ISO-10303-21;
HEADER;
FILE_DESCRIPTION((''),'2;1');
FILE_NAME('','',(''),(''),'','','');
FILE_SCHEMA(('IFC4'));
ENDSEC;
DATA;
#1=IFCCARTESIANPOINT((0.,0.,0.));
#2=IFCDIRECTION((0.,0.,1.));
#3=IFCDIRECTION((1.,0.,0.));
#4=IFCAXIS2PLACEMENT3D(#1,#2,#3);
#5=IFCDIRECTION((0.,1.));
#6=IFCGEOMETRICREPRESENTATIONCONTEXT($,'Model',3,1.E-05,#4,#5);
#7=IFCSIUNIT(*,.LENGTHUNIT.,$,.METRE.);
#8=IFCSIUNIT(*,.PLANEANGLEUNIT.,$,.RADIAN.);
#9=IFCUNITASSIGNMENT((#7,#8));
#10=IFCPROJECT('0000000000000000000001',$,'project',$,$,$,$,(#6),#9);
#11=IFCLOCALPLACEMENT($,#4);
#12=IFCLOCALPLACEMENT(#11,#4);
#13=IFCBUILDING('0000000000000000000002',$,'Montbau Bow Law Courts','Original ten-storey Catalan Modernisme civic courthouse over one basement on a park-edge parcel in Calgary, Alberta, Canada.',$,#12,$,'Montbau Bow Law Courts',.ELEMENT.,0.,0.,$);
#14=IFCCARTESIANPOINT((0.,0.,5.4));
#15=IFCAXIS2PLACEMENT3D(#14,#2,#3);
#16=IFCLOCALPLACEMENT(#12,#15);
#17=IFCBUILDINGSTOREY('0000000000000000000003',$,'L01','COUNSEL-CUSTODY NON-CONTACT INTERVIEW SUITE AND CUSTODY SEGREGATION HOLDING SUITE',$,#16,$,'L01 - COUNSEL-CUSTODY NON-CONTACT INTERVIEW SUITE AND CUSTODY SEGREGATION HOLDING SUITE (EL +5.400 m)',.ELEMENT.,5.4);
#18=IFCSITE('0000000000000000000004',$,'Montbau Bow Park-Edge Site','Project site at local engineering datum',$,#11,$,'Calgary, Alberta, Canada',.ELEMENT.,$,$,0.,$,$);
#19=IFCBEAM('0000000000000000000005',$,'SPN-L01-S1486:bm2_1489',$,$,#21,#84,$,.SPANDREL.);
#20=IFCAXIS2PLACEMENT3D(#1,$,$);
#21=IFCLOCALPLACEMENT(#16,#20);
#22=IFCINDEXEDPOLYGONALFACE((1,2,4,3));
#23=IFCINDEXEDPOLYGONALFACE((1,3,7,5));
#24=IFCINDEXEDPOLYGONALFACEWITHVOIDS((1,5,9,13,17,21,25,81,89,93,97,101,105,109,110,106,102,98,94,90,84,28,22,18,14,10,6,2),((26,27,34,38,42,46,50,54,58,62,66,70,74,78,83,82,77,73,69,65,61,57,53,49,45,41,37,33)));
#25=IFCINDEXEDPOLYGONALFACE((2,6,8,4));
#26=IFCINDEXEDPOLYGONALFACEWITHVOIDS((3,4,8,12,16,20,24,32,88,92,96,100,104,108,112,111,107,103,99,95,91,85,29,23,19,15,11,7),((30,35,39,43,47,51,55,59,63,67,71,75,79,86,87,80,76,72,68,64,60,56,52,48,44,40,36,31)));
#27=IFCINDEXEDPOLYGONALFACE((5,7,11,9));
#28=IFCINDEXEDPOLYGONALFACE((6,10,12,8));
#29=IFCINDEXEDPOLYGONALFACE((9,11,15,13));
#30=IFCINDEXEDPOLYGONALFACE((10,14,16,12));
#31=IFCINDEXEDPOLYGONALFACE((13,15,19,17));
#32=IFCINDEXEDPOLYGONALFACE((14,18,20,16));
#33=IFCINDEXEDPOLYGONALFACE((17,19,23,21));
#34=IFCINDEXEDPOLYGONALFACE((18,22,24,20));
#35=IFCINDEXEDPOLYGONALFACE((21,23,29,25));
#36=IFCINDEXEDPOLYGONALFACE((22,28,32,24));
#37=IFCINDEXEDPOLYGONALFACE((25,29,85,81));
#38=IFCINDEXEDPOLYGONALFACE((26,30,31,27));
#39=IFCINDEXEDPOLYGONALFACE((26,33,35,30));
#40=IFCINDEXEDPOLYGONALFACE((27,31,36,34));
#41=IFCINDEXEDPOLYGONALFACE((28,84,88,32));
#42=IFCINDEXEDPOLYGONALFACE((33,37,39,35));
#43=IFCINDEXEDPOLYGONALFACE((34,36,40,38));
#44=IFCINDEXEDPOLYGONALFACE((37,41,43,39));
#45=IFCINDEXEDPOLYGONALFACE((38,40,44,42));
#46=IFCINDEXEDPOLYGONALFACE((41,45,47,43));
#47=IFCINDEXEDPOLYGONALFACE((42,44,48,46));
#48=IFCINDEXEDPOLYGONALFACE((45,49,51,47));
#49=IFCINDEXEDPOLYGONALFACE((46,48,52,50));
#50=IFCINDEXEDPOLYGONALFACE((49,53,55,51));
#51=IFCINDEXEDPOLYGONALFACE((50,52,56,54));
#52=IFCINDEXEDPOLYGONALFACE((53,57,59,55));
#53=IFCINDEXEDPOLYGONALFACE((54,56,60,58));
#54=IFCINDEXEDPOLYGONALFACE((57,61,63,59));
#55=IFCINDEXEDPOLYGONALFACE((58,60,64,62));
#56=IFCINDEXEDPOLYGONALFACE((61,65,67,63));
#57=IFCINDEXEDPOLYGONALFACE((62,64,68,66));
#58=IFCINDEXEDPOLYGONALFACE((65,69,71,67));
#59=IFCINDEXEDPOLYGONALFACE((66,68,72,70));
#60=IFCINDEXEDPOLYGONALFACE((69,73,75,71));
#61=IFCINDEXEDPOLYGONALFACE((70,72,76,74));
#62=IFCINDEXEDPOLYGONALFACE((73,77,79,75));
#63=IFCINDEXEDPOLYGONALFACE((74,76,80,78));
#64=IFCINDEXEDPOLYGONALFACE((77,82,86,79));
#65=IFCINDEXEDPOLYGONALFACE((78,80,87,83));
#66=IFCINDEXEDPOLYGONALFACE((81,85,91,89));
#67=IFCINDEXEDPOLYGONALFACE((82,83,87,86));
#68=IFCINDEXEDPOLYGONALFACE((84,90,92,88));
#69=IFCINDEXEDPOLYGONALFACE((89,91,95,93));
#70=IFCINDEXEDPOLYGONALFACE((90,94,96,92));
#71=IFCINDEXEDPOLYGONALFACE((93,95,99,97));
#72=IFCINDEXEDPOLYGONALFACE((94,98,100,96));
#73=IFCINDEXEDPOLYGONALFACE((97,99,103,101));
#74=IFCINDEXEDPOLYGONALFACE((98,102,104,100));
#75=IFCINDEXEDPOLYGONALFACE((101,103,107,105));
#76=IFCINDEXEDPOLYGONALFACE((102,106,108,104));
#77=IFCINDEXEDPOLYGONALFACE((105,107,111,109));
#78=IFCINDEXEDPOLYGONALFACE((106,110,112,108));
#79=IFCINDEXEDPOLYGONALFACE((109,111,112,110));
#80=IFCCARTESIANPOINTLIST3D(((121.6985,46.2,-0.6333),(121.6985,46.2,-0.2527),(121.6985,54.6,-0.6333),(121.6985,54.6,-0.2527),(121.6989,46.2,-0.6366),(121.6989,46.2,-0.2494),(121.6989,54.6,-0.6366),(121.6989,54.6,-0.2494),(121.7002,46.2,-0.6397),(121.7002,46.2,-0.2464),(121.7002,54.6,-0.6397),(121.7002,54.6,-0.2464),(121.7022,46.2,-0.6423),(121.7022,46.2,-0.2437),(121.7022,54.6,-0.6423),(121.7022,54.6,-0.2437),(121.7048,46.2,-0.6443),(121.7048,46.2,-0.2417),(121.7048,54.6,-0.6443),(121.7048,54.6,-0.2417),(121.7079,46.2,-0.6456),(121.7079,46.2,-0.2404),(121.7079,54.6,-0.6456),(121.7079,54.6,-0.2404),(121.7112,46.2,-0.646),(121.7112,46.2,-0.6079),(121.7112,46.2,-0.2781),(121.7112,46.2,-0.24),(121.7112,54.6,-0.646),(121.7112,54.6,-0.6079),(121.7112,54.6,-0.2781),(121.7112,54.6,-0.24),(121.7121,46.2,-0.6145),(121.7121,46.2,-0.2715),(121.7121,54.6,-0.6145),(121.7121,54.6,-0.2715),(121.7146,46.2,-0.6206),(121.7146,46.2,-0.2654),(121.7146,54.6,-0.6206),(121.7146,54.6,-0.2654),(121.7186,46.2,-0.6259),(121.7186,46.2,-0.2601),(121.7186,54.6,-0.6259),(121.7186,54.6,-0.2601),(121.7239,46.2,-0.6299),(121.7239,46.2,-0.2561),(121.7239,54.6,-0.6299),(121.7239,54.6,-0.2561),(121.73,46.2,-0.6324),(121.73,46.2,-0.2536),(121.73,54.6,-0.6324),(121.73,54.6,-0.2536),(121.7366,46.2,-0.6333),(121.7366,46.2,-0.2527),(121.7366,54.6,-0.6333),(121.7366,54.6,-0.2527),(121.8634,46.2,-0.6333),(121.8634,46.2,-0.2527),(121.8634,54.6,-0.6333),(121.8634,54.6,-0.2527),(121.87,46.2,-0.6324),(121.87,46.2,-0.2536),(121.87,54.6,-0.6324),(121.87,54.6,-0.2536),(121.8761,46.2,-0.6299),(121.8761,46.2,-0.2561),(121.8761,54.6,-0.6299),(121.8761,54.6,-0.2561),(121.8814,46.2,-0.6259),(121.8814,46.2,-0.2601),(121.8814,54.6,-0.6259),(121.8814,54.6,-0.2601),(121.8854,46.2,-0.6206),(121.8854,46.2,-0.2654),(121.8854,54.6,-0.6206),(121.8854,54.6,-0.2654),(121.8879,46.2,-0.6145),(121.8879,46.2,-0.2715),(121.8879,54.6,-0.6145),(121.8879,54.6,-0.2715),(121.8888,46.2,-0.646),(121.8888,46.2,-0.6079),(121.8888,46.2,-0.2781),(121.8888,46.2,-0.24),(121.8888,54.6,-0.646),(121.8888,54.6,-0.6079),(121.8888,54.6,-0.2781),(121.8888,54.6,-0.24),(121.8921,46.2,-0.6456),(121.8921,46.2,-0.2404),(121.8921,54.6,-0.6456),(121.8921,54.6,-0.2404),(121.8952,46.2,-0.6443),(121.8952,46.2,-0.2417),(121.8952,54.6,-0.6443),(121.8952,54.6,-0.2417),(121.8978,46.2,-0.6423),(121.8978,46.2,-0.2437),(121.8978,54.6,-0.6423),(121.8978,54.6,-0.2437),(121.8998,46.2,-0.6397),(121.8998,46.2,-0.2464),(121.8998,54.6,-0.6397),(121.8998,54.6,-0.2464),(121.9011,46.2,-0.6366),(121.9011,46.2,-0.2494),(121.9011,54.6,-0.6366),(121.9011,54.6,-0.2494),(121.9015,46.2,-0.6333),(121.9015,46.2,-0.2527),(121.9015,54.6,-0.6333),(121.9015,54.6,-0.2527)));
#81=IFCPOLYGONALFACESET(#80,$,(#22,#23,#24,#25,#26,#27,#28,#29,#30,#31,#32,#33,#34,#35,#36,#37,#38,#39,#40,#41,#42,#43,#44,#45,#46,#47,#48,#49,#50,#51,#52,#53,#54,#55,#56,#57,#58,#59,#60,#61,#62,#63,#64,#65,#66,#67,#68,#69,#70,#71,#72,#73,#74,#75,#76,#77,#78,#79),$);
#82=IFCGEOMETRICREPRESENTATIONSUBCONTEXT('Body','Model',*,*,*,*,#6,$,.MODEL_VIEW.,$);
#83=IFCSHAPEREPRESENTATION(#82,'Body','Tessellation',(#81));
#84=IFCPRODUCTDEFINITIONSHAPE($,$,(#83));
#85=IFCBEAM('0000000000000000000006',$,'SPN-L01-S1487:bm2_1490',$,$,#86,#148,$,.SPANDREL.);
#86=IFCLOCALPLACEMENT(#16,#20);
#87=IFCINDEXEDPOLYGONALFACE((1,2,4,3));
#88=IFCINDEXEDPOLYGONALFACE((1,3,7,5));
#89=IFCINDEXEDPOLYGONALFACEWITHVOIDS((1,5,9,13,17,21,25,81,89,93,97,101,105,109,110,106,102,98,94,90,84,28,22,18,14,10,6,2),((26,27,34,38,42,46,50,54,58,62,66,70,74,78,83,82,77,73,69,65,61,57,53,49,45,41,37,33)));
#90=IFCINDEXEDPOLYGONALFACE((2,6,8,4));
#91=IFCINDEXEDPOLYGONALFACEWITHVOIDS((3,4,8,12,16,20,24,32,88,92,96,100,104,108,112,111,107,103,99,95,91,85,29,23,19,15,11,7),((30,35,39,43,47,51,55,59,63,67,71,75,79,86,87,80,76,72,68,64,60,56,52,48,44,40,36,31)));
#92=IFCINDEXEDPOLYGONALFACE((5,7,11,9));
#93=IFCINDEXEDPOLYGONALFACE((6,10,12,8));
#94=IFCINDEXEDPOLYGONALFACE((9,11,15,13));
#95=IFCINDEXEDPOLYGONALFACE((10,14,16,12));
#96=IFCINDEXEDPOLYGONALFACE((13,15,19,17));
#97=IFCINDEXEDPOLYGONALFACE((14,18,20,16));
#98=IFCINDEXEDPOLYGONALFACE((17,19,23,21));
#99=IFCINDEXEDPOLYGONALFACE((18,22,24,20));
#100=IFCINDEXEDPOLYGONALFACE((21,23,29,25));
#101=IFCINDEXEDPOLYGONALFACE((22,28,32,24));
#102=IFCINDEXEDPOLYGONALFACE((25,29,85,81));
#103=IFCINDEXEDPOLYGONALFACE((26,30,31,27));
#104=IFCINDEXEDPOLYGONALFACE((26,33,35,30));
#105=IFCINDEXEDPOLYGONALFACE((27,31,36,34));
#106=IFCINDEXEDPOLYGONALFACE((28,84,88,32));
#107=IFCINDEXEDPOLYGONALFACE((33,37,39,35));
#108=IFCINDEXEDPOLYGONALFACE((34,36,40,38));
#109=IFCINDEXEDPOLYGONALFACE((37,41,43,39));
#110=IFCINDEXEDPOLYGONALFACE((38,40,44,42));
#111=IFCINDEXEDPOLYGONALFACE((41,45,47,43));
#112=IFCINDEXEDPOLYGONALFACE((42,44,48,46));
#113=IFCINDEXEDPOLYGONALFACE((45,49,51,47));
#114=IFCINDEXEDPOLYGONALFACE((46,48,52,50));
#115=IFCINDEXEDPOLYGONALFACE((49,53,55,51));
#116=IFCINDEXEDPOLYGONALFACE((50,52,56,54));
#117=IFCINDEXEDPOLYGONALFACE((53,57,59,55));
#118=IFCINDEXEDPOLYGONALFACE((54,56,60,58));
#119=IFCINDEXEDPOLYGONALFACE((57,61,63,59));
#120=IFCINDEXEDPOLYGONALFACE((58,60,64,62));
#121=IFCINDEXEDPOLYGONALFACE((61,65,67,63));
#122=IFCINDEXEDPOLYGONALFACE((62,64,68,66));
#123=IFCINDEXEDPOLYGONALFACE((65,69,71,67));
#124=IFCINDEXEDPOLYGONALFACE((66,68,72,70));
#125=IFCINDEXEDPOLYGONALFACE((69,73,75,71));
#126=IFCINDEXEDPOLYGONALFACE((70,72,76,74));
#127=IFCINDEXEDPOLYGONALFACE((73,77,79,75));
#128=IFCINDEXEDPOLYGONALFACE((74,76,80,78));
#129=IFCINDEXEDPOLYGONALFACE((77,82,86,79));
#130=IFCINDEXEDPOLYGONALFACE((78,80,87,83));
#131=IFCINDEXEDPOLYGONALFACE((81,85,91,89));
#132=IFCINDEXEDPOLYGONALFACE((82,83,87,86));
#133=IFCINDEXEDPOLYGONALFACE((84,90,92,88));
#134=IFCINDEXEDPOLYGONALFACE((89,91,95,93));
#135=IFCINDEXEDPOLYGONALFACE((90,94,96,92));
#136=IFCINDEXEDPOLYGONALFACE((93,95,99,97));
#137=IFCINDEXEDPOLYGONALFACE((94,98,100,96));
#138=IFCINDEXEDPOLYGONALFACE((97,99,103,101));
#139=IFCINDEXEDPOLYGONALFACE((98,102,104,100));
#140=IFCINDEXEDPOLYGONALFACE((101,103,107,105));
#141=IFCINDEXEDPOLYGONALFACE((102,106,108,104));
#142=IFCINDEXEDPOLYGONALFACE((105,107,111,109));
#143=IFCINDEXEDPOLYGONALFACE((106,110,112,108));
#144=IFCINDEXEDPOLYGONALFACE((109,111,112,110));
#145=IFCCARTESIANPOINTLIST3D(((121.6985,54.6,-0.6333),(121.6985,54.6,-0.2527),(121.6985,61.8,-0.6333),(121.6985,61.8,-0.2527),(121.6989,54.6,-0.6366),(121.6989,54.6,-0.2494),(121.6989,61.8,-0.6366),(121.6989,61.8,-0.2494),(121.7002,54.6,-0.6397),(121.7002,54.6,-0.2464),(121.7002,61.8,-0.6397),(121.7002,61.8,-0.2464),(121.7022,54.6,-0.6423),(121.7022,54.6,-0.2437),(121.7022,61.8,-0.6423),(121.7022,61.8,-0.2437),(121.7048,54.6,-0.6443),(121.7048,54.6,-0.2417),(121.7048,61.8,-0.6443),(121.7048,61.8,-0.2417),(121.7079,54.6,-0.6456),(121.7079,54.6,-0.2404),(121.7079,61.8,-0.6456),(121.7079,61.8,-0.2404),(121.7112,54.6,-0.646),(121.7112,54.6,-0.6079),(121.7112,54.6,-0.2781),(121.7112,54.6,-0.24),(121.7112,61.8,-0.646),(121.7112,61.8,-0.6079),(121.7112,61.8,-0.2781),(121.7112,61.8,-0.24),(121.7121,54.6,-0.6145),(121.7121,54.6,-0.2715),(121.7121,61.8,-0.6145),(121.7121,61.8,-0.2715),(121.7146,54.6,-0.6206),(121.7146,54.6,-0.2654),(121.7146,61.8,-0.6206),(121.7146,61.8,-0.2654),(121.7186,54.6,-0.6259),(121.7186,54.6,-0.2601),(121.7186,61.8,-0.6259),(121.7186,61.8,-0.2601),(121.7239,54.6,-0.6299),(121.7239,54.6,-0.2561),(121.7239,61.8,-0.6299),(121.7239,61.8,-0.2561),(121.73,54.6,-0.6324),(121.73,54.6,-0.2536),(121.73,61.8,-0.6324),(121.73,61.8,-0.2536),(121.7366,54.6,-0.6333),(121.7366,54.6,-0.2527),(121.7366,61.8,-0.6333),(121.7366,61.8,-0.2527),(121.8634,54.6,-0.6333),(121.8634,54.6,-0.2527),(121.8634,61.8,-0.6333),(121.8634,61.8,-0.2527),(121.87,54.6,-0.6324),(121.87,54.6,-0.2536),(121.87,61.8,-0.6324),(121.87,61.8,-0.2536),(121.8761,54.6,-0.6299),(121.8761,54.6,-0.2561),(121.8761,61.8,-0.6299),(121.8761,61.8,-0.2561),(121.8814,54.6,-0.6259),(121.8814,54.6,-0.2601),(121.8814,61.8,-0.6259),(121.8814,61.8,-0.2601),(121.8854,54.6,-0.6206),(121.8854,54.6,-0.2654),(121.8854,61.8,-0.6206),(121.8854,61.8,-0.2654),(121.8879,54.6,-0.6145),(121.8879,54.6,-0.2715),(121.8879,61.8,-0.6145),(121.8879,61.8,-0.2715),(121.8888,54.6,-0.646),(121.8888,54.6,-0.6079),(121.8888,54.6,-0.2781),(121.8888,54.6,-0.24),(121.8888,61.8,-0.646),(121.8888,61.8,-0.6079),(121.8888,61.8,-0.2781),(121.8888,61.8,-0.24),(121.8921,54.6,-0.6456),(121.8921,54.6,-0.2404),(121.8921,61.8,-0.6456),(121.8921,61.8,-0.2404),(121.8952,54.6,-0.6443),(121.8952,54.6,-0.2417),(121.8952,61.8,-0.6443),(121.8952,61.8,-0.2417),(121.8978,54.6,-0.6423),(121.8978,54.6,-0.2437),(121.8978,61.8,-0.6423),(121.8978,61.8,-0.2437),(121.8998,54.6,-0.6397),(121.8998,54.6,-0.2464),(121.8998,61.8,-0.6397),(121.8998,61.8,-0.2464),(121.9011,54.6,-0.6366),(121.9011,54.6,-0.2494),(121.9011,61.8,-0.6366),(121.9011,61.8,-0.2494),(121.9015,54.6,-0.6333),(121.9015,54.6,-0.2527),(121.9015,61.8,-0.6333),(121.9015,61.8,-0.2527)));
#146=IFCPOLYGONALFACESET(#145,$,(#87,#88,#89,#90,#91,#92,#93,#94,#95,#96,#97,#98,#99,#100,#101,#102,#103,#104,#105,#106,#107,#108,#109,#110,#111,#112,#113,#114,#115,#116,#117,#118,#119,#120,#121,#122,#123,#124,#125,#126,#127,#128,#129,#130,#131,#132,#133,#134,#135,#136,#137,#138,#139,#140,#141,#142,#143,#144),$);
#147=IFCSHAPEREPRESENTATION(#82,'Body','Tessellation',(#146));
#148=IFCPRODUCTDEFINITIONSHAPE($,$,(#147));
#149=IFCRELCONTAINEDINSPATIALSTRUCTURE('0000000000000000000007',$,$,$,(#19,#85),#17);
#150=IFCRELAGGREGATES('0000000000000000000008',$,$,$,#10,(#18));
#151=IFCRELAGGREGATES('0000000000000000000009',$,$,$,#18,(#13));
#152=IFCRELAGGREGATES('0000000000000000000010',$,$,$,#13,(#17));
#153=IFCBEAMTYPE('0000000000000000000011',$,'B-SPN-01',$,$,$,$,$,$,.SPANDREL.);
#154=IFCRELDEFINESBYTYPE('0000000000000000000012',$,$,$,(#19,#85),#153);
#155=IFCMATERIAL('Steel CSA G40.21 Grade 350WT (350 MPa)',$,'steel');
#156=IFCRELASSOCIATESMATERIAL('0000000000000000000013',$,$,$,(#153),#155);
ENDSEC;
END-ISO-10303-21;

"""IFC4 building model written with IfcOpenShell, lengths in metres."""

from ifc_helpers import new_model, si_unit, direction, frame, origin_with_axes, origin_2d_with_axis, place, context, subcontext, project, spatial, hollow_rectangle, extrude, material, material_profile, profile_set, type_object, element, save


model = new_model("IFC4")

# Units and contexts
model_context = context("Model", 3, precision=1e-05, world=origin_with_axes(), true_north=direction((0.0, 1.0)))
body_context = subcontext(model_context, "Body", "Model", "MODEL_VIEW")
ifc_project = project(units=[si_unit("LENGTHUNIT", "METRE"), si_unit("PLANEANGLEUNIT", "RADIAN")], contexts=[model_context])

# Site, building, storey
site_placement = place(None, origin_with_axes())
site = spatial("IfcSite", under=ifc_project, at=site_placement, Name="Montbau Bow Park-Edge Site", Description="Project site at local engineering datum", LongName="Calgary, Alberta, Canada", CompositionType="ELEMENT", RefElevation=0.0)
building_placement = place(site_placement, origin_with_axes())
building = spatial("IfcBuilding", under=site, at=building_placement, Name="Montbau Bow Law Courts", Description="Original ten-storey Catalan Modernisme civic courthouse over one basement on a park-edge parcel in Calgary, Alberta, Canada.", LongName="Montbau Bow Law Courts", CompositionType="ELEMENT", ElevationOfRefHeight=0.0, ElevationOfTerrain=0.0)
storey_placement = place(building_placement, frame((0.0, 0.0, 5.4), z_axis=(0.0, 0.0, 1.0), x_axis=(1.0, 0.0, 0.0)))
storey = spatial("IfcBuildingStorey", under=building, at=storey_placement, Name="L01", Description="COUNSEL-CUSTODY NON-CONTACT INTERVIEW SUITE AND CUSTODY SEGREGATION HOLDING SUITE", LongName="L01 - COUNSEL-CUSTODY NON-CONTACT INTERVIEW SUITE AND CUSTODY SEGREGATION HOLDING SUITE (EL +5.400 m)", CompositionType="ELEMENT", Elevation=5.4)

# Beams
ifc_material_1 = material(Name="Steel CSA G40.21 Grade 350WT (350 MPa)", Category="steel")
ifc_material_profile_1 = material_profile(ifc_material_1, hollow_rectangle(XDim=0.203, YDim=0.406, WallThickness=0.0127, InnerFilletRadius=0.0254, OuterFilletRadius=0.0127, at=origin_2d_with_axis()), Name="HSS406X203X13", Category="Main", Priority=0)
ifc_profile_set_1 = profile_set([ifc_material_profile_1], Name="Steel CSA G40.21 Grade 350WT (350 MPa)")
beam_type_1 = type_object("IfcBeamType", Name="B-SPN-01", PredefinedType="SPANDREL", material=ifc_profile_set_1)
for number, where, z_axis, x_axis, name in (
    (1, (121.8, 46.2, 4.957), (0.0, 1.0, 0.0), (-1.0, 0.0, 0.0), "SPN-L01-S1486:bm2_1489"),
):
    element("IfcBeam", number, at=place(None, frame(where, z_axis=z_axis, x_axis=x_axis)), inside=storey, type_object=beam_type_1, Name=name, PredefinedType="SPANDREL", context=body_context, shape_type="SweptSolid", body=[
        extrude(hollow_rectangle(XDim=0.203, YDim=0.406, WallThickness=0.0127, InnerFilletRadius=0.0254, OuterFilletRadius=0.0127, at=origin_2d_with_axis()), origin_with_axes(), (0.0, 0.0, 1.0), 8.4),
    ])
beam_1_placement = place(None, frame((121.8, 54.6, 4.957), z_axis=(0.0, 1.0, 0.0), x_axis=(-1.0, 0.0, 0.0)))
element("IfcBeam", 2, at=beam_1_placement, inside=storey, type_object=beam_type_1, Name="SPN-L01-S1487:bm2_1490", PredefinedType="SPANDREL", context=body_context, shape_type="SweptSolid", body=[
    extrude(hollow_rectangle(XDim=0.203, YDim=0.406, WallThickness=0.0127, InnerFilletRadius=0.0254, OuterFilletRadius=0.0127, at=origin_2d_with_axis()), origin_with_axes(), (0.0, 0.0, 1.0), 7.2),
])

save(model, "model.ifc")
